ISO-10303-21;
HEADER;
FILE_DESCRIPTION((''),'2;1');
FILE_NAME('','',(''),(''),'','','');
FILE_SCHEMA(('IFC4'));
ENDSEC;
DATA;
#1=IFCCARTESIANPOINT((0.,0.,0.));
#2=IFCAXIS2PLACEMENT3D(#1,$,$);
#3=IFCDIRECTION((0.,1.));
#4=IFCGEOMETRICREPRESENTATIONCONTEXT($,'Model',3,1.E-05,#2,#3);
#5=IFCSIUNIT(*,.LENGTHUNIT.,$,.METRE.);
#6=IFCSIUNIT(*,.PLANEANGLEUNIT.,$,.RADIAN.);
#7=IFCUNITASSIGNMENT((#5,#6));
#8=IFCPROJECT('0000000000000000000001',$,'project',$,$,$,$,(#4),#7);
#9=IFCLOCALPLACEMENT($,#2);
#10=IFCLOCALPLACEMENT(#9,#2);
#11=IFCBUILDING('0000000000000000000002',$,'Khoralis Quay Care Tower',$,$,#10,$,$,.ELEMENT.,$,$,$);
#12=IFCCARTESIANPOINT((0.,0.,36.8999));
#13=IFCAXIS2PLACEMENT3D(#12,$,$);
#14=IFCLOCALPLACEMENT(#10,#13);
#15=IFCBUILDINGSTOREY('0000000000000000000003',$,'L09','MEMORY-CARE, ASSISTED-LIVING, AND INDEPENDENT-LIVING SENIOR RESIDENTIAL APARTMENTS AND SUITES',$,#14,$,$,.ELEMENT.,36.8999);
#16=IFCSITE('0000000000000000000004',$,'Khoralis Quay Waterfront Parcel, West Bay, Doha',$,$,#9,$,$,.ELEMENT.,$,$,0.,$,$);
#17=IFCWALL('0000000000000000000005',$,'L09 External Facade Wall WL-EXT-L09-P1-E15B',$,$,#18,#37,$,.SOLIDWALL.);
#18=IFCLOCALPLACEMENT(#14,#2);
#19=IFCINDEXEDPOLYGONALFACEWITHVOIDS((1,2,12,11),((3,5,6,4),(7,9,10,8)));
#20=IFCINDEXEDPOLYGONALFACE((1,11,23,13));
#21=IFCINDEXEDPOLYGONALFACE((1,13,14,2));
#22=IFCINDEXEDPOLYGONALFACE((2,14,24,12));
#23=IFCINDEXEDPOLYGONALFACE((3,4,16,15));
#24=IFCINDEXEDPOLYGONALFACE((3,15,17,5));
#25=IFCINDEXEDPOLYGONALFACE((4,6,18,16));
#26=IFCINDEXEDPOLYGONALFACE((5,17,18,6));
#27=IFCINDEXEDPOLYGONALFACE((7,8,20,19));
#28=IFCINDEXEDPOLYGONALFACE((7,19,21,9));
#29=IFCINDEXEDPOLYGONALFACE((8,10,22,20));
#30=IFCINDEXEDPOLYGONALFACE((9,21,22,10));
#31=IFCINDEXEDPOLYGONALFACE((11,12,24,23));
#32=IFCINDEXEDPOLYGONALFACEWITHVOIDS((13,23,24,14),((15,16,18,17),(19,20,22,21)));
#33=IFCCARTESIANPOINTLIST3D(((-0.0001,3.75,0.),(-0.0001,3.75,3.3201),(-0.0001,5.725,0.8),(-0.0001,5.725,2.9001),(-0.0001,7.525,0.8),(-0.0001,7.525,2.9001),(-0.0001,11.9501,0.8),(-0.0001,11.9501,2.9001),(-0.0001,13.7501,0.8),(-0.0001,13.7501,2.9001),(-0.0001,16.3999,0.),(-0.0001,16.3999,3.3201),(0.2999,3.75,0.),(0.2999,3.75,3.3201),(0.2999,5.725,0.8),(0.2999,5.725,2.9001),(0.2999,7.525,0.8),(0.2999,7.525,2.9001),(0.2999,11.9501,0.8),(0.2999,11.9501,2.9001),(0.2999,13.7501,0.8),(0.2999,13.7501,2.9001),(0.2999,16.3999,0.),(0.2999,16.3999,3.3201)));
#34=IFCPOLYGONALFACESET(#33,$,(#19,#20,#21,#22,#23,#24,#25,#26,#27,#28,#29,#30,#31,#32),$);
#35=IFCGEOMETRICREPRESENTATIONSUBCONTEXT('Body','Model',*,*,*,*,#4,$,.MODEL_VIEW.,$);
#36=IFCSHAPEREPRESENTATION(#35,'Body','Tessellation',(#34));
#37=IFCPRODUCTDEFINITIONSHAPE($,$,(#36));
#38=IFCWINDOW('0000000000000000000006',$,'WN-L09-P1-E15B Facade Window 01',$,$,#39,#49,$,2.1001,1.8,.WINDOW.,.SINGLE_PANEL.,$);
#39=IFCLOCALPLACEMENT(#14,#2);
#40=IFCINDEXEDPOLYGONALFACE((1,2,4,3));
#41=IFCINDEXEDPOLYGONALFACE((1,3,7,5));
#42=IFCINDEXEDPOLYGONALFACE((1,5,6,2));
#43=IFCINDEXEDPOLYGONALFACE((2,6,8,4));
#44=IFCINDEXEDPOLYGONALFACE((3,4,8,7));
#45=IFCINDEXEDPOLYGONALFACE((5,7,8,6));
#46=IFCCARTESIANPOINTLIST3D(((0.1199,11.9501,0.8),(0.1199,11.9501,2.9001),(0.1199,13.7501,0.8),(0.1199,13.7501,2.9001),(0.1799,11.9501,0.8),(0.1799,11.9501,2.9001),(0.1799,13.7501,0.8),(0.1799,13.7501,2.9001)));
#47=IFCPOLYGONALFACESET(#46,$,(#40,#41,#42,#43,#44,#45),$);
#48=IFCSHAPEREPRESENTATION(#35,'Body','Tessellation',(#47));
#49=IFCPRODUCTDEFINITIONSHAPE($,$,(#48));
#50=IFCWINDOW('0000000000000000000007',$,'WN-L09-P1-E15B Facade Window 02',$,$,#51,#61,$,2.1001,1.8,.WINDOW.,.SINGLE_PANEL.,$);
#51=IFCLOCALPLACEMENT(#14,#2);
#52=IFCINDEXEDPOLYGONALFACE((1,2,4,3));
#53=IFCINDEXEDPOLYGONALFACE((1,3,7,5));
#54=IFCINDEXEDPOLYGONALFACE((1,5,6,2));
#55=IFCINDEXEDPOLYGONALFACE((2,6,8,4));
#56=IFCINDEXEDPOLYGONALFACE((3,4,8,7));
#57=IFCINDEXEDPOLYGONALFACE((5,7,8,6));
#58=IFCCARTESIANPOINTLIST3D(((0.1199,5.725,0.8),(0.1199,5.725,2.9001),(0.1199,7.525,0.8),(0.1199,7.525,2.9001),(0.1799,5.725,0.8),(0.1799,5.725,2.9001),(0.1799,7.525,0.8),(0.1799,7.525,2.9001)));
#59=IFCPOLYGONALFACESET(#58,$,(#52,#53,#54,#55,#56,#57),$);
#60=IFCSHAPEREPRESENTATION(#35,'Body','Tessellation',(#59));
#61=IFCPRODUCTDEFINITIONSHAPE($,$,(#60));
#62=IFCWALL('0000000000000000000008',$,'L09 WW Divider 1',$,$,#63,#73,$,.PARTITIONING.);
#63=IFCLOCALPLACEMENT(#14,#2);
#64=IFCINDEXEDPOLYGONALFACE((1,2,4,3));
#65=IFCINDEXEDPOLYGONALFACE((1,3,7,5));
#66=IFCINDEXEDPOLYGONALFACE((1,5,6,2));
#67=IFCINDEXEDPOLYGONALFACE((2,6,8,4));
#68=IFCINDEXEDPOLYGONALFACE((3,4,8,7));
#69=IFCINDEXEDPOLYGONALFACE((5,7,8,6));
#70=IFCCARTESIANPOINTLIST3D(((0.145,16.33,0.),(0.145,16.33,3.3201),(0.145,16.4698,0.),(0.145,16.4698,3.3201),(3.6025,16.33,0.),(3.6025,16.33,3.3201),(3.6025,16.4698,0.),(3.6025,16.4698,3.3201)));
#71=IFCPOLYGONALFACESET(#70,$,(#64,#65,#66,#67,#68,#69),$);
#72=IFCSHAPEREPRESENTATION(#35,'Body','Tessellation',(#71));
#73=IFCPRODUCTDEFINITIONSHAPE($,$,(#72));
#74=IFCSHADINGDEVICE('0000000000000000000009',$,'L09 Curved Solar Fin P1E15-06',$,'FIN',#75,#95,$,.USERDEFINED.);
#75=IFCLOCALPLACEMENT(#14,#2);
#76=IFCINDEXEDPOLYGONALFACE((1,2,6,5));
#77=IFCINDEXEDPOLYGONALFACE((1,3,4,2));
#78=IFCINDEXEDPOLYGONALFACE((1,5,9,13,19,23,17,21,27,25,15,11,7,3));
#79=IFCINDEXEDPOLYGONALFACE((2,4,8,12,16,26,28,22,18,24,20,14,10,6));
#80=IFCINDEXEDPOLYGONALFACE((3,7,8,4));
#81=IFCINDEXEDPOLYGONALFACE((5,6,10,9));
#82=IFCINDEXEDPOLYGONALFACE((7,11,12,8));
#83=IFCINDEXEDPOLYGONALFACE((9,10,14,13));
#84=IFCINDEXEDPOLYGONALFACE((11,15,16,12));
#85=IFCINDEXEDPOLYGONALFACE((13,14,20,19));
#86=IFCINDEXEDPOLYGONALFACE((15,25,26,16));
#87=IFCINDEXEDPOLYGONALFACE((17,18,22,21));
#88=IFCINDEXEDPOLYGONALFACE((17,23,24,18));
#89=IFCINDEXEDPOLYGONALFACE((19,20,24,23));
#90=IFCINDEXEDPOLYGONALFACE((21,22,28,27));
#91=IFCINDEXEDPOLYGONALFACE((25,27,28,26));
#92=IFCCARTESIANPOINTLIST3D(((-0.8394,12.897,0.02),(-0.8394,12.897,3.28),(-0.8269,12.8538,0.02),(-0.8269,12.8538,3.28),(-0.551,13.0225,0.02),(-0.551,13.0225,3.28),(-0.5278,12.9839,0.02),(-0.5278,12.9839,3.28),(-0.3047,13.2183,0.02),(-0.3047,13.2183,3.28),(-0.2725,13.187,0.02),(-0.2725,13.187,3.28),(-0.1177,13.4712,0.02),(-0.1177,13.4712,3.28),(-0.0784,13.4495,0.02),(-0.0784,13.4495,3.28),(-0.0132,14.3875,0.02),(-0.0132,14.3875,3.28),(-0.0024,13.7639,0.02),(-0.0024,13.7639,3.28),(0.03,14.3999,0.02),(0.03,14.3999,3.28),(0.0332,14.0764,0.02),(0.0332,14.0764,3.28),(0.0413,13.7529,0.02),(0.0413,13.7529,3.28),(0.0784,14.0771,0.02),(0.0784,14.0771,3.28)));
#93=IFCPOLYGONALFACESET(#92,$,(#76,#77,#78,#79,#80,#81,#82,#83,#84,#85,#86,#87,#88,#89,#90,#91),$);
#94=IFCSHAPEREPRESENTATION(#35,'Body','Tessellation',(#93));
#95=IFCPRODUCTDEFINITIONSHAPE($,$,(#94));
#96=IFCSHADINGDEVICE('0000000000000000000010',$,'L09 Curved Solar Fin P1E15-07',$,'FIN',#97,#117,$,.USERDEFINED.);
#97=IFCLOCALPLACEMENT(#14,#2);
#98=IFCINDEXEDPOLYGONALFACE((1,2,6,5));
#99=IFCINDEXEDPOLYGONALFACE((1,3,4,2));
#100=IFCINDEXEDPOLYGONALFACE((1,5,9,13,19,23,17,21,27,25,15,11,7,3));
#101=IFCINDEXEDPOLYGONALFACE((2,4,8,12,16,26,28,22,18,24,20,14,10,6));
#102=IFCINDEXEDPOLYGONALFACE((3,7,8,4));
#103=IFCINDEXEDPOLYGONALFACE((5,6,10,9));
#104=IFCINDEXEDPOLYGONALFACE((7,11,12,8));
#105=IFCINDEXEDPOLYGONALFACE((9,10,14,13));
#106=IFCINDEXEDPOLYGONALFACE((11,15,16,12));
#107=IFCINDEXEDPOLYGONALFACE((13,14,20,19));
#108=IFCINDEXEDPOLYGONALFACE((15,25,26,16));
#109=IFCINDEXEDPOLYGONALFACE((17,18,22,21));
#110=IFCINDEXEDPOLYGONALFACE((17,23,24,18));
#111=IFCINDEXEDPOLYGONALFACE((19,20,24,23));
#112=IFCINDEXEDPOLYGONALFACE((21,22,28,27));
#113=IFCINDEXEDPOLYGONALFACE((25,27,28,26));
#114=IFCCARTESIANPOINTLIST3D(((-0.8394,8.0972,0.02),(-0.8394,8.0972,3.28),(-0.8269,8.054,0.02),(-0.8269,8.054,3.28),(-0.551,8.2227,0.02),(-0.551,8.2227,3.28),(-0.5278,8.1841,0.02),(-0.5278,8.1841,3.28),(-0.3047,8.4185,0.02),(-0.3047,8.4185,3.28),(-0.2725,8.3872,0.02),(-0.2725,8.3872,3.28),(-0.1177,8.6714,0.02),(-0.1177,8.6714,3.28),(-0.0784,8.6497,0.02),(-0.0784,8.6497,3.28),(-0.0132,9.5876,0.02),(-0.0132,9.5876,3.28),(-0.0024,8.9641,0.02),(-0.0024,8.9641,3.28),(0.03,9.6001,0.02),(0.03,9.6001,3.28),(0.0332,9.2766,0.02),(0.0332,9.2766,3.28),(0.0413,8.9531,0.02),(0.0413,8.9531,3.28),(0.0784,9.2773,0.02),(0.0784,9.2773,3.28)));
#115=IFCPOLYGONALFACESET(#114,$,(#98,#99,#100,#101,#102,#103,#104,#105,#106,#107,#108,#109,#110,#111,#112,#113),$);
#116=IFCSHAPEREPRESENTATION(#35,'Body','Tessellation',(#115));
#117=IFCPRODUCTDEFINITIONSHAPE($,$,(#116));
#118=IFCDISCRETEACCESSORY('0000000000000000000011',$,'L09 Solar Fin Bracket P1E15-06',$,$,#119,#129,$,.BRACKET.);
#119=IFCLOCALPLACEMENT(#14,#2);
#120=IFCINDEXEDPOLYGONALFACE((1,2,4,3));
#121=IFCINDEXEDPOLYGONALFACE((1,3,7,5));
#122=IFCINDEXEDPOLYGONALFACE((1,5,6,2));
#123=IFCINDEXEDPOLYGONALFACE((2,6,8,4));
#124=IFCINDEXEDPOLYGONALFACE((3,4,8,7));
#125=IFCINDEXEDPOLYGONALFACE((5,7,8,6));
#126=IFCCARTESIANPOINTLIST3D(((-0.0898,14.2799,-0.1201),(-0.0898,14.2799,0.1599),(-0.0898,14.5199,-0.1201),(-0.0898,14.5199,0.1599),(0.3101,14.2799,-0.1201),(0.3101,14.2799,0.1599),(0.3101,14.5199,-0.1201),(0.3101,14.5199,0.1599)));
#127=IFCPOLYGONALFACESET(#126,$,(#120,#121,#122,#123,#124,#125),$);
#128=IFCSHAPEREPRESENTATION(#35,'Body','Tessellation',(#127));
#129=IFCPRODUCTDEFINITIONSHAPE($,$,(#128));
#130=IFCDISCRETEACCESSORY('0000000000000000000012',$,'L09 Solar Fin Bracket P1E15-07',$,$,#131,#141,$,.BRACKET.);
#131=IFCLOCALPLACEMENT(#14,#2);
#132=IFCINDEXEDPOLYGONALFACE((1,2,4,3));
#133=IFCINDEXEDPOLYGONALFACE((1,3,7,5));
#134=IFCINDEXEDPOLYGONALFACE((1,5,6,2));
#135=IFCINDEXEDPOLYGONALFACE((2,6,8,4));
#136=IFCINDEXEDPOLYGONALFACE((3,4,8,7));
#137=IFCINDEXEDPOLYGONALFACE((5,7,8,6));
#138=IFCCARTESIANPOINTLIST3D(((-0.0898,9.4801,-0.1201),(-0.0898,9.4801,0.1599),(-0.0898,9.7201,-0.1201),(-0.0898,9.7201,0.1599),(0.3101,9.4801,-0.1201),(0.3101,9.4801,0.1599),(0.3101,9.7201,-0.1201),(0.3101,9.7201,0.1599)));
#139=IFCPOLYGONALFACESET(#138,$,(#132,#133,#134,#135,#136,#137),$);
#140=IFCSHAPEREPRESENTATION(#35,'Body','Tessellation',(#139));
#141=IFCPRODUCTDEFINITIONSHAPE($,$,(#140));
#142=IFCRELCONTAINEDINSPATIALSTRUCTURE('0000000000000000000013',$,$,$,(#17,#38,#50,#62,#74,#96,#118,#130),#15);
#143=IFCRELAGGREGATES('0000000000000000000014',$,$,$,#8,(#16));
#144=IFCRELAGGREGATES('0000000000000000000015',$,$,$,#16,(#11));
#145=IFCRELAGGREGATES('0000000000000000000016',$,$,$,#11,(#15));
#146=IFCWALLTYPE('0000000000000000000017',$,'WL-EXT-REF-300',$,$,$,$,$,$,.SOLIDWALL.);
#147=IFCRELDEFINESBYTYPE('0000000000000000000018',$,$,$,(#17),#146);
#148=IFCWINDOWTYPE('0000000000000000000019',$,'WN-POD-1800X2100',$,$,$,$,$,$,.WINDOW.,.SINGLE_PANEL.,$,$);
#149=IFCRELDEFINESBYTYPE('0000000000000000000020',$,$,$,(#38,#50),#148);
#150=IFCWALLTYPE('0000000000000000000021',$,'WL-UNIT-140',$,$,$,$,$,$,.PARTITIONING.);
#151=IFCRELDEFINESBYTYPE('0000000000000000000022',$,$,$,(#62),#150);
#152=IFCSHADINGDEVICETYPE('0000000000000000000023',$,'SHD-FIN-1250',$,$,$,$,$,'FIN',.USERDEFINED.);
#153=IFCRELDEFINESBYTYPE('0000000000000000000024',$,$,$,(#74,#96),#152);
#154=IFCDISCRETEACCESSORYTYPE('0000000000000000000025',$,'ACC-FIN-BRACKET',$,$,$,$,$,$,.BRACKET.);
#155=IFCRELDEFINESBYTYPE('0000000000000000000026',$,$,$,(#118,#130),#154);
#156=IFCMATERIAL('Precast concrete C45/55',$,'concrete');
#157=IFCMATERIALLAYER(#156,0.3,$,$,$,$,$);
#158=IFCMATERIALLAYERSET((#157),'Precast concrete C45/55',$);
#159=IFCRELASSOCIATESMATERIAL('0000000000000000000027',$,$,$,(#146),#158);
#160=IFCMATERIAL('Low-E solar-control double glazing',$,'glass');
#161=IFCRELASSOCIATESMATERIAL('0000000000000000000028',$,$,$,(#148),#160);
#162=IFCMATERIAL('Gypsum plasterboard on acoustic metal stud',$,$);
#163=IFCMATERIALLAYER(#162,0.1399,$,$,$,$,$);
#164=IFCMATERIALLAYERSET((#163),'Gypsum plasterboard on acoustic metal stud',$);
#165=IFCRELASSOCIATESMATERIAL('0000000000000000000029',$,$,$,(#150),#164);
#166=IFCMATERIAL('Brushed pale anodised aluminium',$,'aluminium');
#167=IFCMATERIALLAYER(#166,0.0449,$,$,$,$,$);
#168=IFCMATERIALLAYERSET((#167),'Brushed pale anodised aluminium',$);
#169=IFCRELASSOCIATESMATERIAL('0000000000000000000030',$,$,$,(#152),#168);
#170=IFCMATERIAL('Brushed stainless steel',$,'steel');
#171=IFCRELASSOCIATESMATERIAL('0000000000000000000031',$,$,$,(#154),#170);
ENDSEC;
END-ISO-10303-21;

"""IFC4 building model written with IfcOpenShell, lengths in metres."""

from ifc_helpers import new_model, si_unit, direction, frame, frame_2d, origin, origin_2d, place, context, subcontext, project, spatial, polyline, rectangle, outline, extrude, source, transform, mapped, material, layer, layer_set, type_object, element, fill, save


model = new_model("IFC4")

# Units and contexts
model_context = context("Model", 3, precision=1e-05, world=origin(), true_north=direction((0.0, 1.0)))
body_context = subcontext(model_context, "Body", "Model", "MODEL_VIEW")
ifc_project = project(units=[si_unit("LENGTHUNIT", "METRE"), si_unit("PLANEANGLEUNIT", "RADIAN")], contexts=[model_context])

# Site, building, storey
site_placement = place(None, origin())
site = spatial("IfcSite", under=ifc_project, at=site_placement, Name="Khoralis Quay Waterfront Parcel, West Bay, Doha", CompositionType="ELEMENT", RefElevation=0.0)
building_placement = place(site_placement, origin())
building = spatial("IfcBuilding", under=site, at=building_placement, Name="Khoralis Quay Care Tower", CompositionType="ELEMENT")
storey_placement = place(building_placement, frame((0.0, 0.0, 36.8999)))
storey = spatial("IfcBuildingStorey", under=building, at=storey_placement, Name="L09", Description="MEMORY-CARE, ASSISTED-LIVING, AND INDEPENDENT-LIVING SENIOR RESIDENTIAL APARTMENTS AND SUITES", CompositionType="ELEMENT", Elevation=36.8999)

# Shared definitions
ifc_material_1 = material(Name="Gypsum plasterboard on acoustic metal stud")

# Wall, openings, windows
ifc_material_2 = material(Name="Precast concrete C45/55", Category="concrete")
ifc_layer_1 = layer(ifc_material_2, 0.3)
ifc_layer_set_1 = layer_set([ifc_layer_1], Name="Precast concrete C45/55")
wall_type_1 = type_object("IfcWallType", Name="WL-EXT-REF-300", PredefinedType="SOLIDWALL", material=ifc_layer_set_1)
wall_1_placement = place(storey_placement, frame((0.1499, 16.3999, 0.0), z_axis=(0.0, 0.0, 1.0), x_axis=(0.0, -1.0, 0.0)))
wall_1 = element("IfcWall", 1, at=wall_1_placement, inside=storey, type_object=wall_type_1, Name="L09 External Facade Wall WL-EXT-L09-P1-E15B", PredefinedType="SOLIDWALL", context=body_context, shape_type="SweptSolid", body=[
    extrude(rectangle(XDim=12.6499, YDim=0.3, at=frame_2d((6.325, 0.0))), origin(), (0.0, 0.0, 1.0), 3.3201),
])
opening_1_placement = place(wall_1_placement, frame((2.6499, 0.0, 0.8)))
opening_1 = element("IfcOpeningElement", 2, at=opening_1_placement, cuts=wall_1, PredefinedType="OPENING", context=body_context, shape_type="SweptSolid", body=[
    extrude(rectangle(XDim=1.8, YDim=2.1001, at=frame_2d((0.8999, 1.05))), frame((0.0, 0.1602, 0.0), z_axis=(0.0, -1.0, 0.0), x_axis=(1.0, 0.0, 0.0)), (0.0, 0.0, 1.0), 0.3201),
])
opening_2_placement = place(wall_1_placement, frame((8.875, 0.0, 0.8)))
opening_2 = element("IfcOpeningElement", 3, at=opening_2_placement, cuts=wall_1, PredefinedType="OPENING", context=body_context, shape_type="SweptSolid", body=[
    extrude(rectangle(XDim=1.8, YDim=2.1001, at=frame_2d((0.8999, 1.05))), frame((0.0, 0.1602, 0.0), z_axis=(0.0, -1.0, 0.0), x_axis=(1.0, 0.0, 0.0)), (0.0, 0.0, 1.0), 0.3201),
])
ifc_material_3 = material(Name="Low-E solar-control double glazing", Category="glass")
window_type = type_object("IfcWindowType", Name="WN-POD-1800X2100", PartitioningType="SINGLE_PANEL", PredefinedType="WINDOW", material=ifc_material_3)
shared_shape_1 = source(origin(), body_context, "Body", "SweptSolid", [
    extrude(rectangle(XDim=1.8, YDim=2.1001, at=frame_2d((0.8999, 1.05))), frame((0.0, 0.03, 0.0), z_axis=(0.0, -1.0, 0.0), x_axis=(1.0, 0.0, 0.0)), (0.0, 0.0, 1.0), 0.0601),
])
window_1_placement = place(opening_1_placement, origin())
window_1 = element("IfcWindow", 4, at=window_1_placement, inside=storey, type_object=window_type, Name="WN-L09-P1-E15B Facade Window 01", OverallHeight=2.1001, OverallWidth=1.8, PartitioningType="SINGLE_PANEL", PredefinedType="WINDOW", context=body_context, shape_type="MappedRepresentation", body=[
    mapped(shared_shape_1, transform((0.0, 0.0, 0.0), scale=1.0)),
])
fill(opening_1, window_1)
window_2_placement = place(opening_2_placement, origin())
window_2 = element("IfcWindow", 5, at=window_2_placement, inside=storey, type_object=window_type, Name="WN-L09-P1-E15B Facade Window 02", OverallHeight=2.1001, OverallWidth=1.8, PartitioningType="SINGLE_PANEL", PredefinedType="WINDOW", context=body_context, shape_type="MappedRepresentation", body=[
    mapped(shared_shape_1, transform((0.0, 0.0, 0.0), scale=1.0)),
])
fill(opening_2, window_2)

# Wall
ifc_layer_2 = layer(ifc_material_1, 0.1399)
ifc_layer_set_2 = layer_set([ifc_layer_2], Name="Gypsum plasterboard on acoustic metal stud")
wall_type_2 = type_object("IfcWallType", Name="WL-UNIT-140", PredefinedType="PARTITIONING", material=ifc_layer_set_2)
wall_2_placement = place(storey_placement, frame((0.145, 16.3999, 0.0), z_axis=(0.0, 0.0, 1.0), x_axis=(1.0, 0.0, 0.0)))
element("IfcWall", 6, at=wall_2_placement, inside=storey, type_object=wall_type_2, Name="L09 WW Divider 1", PredefinedType="PARTITIONING", context=body_context, shape_type="SweptSolid", body=[
    extrude(rectangle(XDim=3.4575, YDim=0.1399, at=frame_2d((1.7288, 0.0))), origin(), (0.0, 0.0, 1.0), 3.3201),
])

# Shading devices
ifc_material_4 = material(Name="Brushed pale anodised aluminium", Category="aluminium")
ifc_layer_3 = layer(ifc_material_4, 0.0449)
ifc_layer_set_3 = layer_set([ifc_layer_3], Name="Brushed pale anodised aluminium")
shading_device_type = type_object("IfcShadingDeviceType", Name="SHD-FIN-1250", ElementType="FIN", PredefinedType="USERDEFINED", material=ifc_layer_set_3)
shared_shape_2 = source(origin(), body_context, "Body", "SweptSolid", [
    extrude(outline(polyline([(0.0, 0.0), (-0.0483, 0.3228), (-0.0112, 0.647), (0.1084, 0.9504), (0.3025, 1.2129), (0.5579, 1.416), (0.8569, 1.5461), (0.8694, 1.5029), (0.5811, 1.3774), (0.3347, 1.1816), (0.1477, 0.9287), (0.0325, 0.636), (-0.0032, 0.3235), (0.0432, 0.0125), (0.0, 0.0)])), origin(), (0.0, 0.0, 1.0), 3.26),
])
for number, where, z_axis, x_axis, name in (
    (7, (0.03, 14.3999, 0.02), (0.0, 0.0, 1.0), (-1.0, 0.0, 0.0), "L09 Curved Solar Fin P1E15-06"),
    (8, (0.03, 9.6001, 0.02), (0.0, 0.0, 1.0), (-1.0, 0.0, 0.0), "L09 Curved Solar Fin P1E15-07"),
):
    element("IfcShadingDevice", number, at=place(storey_placement, frame(where, z_axis=z_axis, x_axis=x_axis)), inside=storey, type_object=shading_device_type, Name=name, ObjectType="FIN", PredefinedType="USERDEFINED", context=body_context, shape_type="MappedRepresentation", body=[
        mapped(shared_shape_2, transform((0.0, 0.0, 0.0), scale=1.0)),
    ])

# Discrete accessories
ifc_material_5 = material(Name="Brushed stainless steel", Category="steel")
discrete_accessory_type = type_object("IfcDiscreteAccessoryType", Name="ACC-FIN-BRACKET", PredefinedType="BRACKET", material=ifc_material_5)
shared_shape_3 = source(origin(), body_context, "Body", "SweptSolid", [
    extrude(rectangle(XDim=0.3999, YDim=0.24, at=origin_2d()), origin(), (0.0, 0.0, 1.0), 0.28),
])
for number, where, z_axis, x_axis, name in (
    (9, (0.1101, 14.3999, -0.1201), (0.0, 0.0, 1.0), (-1.0, 0.0, 0.0), "L09 Solar Fin Bracket P1E15-06"),
    (10, (0.1101, 9.6001, -0.1201), (0.0, 0.0, 1.0), (-1.0, 0.0, 0.0), "L09 Solar Fin Bracket P1E15-07"),
):
    element("IfcDiscreteAccessory", number, at=place(storey_placement, frame(where, z_axis=z_axis, x_axis=x_axis)), inside=storey, type_object=discrete_accessory_type, Name=name, PredefinedType="BRACKET", context=body_context, shape_type="MappedRepresentation", body=[
        mapped(shared_shape_3, transform((0.0, 0.0, 0.0), scale=1.0)),
    ])

save(model, "model.ifc")
